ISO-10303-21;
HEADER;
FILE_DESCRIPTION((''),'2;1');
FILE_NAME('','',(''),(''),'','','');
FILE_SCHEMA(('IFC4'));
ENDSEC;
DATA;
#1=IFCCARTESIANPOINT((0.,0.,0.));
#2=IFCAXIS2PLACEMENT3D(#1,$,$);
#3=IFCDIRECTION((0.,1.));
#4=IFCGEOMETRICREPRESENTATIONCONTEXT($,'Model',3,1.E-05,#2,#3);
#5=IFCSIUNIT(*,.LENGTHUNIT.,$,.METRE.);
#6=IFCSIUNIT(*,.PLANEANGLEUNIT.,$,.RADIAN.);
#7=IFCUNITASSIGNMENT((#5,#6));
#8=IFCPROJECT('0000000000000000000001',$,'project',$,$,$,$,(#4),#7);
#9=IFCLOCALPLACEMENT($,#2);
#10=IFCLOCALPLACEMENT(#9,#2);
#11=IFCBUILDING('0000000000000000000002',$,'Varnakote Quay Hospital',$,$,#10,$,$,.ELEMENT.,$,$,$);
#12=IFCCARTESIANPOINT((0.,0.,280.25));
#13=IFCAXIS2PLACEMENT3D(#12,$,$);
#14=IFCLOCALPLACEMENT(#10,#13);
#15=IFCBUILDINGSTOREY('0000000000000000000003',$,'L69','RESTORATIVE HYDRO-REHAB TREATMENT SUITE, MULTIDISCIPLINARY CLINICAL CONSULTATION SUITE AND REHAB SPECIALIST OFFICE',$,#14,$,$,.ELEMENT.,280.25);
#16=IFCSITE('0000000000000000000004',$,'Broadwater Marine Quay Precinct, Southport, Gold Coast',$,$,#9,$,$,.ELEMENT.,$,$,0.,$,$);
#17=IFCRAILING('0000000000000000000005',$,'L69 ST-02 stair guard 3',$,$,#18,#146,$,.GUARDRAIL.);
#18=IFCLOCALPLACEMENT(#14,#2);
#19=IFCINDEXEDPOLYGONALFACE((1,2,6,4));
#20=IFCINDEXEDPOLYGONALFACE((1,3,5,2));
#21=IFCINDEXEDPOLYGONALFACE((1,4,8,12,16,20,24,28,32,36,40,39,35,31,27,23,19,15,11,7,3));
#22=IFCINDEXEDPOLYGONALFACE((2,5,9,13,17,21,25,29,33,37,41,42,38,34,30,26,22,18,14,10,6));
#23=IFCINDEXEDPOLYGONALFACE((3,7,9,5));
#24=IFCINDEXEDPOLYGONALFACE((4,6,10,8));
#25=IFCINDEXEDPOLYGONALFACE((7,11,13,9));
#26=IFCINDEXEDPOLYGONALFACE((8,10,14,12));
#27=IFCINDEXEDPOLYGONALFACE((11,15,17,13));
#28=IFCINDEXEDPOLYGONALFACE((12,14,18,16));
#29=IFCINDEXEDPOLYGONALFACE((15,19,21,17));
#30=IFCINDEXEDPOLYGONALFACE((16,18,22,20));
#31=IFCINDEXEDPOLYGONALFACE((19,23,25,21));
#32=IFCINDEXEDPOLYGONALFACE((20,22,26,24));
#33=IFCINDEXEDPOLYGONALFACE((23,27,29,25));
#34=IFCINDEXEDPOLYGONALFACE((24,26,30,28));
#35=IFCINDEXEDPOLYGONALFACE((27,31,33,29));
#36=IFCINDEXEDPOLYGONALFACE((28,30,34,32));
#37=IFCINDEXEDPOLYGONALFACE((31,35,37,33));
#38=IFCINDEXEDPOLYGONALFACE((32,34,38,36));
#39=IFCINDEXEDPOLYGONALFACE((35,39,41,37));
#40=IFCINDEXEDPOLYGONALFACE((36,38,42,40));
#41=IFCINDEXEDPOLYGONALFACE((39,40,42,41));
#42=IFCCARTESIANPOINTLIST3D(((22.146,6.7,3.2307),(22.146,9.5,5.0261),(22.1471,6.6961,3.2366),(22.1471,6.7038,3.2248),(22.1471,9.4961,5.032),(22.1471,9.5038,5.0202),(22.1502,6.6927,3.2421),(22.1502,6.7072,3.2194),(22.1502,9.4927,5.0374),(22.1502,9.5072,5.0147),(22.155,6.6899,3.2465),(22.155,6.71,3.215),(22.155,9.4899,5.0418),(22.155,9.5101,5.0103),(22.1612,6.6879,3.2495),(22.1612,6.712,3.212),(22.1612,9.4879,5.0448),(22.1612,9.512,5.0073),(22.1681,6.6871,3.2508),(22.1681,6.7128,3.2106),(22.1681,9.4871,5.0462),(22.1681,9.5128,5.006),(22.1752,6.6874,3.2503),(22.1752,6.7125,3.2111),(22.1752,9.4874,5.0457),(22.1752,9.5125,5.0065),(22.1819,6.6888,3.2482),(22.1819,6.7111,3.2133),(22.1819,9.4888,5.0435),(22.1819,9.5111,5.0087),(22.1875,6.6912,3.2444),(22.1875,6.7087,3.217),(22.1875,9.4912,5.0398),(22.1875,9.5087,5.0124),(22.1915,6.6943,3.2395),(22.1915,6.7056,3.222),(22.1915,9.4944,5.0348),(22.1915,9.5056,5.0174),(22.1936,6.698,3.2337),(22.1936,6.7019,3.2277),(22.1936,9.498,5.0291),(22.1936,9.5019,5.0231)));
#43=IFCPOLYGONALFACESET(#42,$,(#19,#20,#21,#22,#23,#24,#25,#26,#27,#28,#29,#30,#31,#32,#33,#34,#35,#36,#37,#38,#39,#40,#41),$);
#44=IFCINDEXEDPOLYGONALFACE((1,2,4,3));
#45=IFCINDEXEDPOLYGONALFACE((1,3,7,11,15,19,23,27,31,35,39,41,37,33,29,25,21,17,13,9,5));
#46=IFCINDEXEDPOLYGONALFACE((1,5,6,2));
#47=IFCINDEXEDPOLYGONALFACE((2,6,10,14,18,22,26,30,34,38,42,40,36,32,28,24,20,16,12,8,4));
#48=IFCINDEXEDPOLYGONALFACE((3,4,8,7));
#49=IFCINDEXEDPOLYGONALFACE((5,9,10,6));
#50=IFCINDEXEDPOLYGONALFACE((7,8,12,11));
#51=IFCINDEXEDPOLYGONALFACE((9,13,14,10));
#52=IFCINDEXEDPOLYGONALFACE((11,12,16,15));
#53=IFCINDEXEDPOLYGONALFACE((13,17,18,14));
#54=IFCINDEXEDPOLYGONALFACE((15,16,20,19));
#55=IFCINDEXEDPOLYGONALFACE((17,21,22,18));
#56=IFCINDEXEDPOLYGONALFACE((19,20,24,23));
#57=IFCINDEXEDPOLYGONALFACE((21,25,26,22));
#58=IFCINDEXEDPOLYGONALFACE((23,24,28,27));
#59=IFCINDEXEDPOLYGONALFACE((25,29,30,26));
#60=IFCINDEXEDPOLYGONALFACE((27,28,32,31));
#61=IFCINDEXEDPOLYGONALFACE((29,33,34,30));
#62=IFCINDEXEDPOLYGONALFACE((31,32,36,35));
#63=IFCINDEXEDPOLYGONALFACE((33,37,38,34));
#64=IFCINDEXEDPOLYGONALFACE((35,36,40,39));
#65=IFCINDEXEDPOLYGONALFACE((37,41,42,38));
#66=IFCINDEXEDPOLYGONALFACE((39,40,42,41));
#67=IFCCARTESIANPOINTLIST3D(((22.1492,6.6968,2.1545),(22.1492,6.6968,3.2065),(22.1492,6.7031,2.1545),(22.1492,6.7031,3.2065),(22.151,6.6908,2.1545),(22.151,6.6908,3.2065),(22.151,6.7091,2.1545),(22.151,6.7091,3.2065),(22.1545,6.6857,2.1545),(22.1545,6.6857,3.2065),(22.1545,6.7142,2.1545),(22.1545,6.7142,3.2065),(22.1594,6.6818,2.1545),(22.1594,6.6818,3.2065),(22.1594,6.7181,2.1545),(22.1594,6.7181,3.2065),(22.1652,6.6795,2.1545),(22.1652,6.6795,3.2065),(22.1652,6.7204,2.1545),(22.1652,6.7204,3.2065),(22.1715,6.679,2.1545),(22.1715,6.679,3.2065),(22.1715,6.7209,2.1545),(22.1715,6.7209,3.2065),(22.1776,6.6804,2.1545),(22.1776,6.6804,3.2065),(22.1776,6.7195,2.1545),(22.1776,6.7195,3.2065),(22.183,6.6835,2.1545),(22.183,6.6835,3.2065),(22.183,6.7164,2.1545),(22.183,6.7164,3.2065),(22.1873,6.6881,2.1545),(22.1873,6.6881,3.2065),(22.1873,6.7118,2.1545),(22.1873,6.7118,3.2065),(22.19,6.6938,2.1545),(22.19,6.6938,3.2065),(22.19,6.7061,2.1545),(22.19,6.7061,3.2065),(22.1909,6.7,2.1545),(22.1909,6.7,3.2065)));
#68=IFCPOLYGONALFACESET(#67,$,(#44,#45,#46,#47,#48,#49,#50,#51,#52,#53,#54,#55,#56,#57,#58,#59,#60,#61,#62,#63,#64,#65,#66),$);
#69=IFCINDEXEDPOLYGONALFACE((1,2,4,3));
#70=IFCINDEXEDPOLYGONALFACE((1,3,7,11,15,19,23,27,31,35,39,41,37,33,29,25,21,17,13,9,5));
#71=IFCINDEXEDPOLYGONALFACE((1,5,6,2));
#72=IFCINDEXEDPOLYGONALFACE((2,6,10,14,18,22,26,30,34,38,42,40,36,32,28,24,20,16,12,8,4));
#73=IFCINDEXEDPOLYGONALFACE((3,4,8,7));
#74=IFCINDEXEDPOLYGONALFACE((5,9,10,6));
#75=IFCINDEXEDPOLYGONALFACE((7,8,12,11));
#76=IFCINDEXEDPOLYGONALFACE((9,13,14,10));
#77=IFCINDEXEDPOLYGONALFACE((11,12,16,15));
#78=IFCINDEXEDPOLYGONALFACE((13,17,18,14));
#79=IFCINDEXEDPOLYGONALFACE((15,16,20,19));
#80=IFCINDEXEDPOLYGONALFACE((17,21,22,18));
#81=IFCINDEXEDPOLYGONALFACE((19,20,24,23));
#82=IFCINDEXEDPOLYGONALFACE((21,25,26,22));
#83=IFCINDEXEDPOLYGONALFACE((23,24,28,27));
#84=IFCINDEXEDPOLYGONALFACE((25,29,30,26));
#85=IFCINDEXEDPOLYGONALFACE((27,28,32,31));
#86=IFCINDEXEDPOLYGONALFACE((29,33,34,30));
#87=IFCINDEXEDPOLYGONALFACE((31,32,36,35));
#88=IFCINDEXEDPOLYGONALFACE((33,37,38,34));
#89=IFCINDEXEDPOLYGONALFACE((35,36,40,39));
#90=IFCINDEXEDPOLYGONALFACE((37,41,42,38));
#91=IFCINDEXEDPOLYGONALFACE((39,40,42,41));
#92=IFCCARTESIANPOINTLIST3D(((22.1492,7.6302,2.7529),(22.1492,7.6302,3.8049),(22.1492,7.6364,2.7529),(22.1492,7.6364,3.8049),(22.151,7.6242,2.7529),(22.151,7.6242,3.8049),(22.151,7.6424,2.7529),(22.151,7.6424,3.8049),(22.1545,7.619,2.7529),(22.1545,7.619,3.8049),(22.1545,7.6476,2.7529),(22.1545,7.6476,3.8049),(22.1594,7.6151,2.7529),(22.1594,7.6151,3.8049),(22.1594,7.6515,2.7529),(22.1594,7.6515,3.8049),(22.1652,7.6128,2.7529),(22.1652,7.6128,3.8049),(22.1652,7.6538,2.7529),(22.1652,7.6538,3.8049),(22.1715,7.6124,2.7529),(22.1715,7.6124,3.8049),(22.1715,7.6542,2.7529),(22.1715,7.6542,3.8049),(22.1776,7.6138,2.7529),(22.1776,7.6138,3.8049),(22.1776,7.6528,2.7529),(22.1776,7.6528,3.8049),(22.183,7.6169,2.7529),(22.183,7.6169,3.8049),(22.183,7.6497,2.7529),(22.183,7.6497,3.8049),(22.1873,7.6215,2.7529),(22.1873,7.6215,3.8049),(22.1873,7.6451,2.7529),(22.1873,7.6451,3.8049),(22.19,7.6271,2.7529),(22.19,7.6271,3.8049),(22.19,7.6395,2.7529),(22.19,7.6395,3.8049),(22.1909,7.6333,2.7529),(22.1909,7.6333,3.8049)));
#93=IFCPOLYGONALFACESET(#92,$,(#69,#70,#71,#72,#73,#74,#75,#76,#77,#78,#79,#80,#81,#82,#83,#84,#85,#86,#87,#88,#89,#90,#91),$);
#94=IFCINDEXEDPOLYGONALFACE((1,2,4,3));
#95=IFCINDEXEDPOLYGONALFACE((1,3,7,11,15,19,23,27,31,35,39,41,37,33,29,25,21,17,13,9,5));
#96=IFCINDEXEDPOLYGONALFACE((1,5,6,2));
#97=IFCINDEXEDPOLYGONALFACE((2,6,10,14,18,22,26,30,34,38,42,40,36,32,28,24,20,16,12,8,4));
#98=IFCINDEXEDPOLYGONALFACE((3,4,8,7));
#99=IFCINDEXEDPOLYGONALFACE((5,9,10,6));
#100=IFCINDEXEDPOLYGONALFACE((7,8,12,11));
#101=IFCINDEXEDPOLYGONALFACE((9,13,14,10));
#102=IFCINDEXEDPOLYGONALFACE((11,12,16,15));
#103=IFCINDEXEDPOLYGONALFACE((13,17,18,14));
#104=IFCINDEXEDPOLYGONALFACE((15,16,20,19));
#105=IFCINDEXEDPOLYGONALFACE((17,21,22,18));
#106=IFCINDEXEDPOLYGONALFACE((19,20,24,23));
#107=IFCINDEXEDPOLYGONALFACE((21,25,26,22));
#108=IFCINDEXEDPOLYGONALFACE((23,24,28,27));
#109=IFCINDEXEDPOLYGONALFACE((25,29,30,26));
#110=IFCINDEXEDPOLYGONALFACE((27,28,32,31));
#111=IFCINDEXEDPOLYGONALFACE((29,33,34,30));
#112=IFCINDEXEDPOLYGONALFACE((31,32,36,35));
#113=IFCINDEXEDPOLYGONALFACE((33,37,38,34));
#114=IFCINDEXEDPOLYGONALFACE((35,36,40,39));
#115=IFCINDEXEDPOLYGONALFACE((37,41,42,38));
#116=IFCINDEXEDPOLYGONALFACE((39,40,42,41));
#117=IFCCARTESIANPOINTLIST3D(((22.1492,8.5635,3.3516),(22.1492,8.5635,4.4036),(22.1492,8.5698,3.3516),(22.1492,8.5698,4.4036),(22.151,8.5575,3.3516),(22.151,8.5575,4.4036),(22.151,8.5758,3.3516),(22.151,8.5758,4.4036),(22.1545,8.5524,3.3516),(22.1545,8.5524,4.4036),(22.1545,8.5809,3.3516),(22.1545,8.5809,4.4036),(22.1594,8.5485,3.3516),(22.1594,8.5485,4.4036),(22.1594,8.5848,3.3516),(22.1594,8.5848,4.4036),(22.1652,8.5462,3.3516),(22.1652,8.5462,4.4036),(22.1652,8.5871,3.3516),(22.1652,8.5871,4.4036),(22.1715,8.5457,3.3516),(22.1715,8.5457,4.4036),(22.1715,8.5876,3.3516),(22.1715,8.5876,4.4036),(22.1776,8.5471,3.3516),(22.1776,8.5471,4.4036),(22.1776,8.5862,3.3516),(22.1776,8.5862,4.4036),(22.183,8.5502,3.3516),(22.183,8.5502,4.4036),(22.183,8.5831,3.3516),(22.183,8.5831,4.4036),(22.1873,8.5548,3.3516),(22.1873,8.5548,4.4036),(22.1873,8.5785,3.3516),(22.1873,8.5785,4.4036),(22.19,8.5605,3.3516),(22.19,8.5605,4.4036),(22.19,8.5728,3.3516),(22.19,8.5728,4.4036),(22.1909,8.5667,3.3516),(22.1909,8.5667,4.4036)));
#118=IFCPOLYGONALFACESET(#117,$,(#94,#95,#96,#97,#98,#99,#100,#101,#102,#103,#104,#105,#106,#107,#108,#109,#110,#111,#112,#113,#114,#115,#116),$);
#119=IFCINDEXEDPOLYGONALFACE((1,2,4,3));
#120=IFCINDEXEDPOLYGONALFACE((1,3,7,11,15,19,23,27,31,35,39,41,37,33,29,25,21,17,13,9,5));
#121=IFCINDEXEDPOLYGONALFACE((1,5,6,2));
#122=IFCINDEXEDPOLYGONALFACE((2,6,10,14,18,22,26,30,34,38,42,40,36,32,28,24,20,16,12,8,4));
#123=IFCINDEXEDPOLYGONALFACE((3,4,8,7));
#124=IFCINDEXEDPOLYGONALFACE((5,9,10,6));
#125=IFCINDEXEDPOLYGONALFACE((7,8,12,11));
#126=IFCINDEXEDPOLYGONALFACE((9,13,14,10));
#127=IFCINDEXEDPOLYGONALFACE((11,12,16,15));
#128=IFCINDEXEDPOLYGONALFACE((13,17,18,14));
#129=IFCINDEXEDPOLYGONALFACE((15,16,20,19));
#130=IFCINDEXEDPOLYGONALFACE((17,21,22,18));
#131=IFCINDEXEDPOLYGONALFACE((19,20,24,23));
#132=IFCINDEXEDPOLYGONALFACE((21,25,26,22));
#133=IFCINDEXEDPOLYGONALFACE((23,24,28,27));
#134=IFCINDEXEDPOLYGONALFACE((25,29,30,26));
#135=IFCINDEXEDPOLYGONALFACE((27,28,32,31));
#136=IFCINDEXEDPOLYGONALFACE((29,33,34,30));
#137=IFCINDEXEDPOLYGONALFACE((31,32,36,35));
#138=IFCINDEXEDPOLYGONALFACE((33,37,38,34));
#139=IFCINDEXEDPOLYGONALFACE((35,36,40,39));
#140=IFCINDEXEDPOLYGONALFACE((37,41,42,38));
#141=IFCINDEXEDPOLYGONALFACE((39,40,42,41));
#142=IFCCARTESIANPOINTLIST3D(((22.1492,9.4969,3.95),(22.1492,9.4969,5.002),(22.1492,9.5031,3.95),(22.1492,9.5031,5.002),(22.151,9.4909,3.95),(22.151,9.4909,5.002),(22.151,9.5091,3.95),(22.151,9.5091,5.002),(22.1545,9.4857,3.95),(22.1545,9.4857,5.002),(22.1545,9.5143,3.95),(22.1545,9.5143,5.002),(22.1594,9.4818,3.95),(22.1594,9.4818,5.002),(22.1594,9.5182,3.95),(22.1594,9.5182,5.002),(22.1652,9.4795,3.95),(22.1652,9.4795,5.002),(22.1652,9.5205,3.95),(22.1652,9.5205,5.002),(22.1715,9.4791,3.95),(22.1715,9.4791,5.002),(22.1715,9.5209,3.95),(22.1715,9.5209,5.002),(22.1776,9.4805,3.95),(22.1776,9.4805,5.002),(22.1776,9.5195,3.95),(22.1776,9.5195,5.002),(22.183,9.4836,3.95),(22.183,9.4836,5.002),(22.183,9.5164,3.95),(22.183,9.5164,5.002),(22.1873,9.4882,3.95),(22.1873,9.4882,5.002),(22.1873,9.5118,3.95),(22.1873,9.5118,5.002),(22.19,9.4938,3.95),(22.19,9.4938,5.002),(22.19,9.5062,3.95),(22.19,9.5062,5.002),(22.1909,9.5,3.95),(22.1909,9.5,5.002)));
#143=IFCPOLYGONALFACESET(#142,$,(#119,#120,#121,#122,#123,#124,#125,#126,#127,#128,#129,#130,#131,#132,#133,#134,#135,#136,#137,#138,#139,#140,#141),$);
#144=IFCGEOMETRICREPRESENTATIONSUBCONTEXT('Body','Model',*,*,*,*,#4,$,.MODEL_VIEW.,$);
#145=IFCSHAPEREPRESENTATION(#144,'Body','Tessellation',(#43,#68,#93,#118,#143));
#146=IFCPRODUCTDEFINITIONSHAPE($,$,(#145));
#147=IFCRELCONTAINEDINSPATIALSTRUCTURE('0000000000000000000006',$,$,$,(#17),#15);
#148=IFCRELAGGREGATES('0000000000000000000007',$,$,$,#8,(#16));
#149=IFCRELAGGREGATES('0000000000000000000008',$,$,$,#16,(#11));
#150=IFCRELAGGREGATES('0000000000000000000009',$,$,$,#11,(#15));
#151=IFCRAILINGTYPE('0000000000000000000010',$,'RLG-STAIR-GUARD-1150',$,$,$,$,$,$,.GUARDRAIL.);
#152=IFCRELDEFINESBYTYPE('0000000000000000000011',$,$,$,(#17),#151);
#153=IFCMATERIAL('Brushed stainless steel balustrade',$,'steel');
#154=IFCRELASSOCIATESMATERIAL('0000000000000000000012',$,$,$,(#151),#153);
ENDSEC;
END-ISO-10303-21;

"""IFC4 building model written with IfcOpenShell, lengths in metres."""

from ifc_helpers import new_model, si_unit, direction, frame, origin, origin_2d, place, context, subcontext, project, spatial, circle, extrude, material, type_object, element, save


model = new_model("IFC4")

# Units and contexts
model_context = context("Model", 3, precision=1e-05, world=origin(), true_north=direction((0.0, 1.0)))
body_context = subcontext(model_context, "Body", "Model", "MODEL_VIEW")
ifc_project = project(units=[si_unit("LENGTHUNIT", "METRE"), si_unit("PLANEANGLEUNIT", "RADIAN")], contexts=[model_context])

# Site, building, storey
site_placement = place(None, origin())
site = spatial("IfcSite", under=ifc_project, at=site_placement, Name="Broadwater Marine Quay Precinct, Southport, Gold Coast", CompositionType="ELEMENT", RefElevation=0.0)
building_placement = place(site_placement, origin())
building = spatial("IfcBuilding", under=site, at=building_placement, Name="Varnakote Quay Hospital", CompositionType="ELEMENT")
storey_placement = place(building_placement, frame((0.0, 0.0, 280.25)))
storey = spatial("IfcBuildingStorey", under=building, at=storey_placement, Name="L69", Description="RESTORATIVE HYDRO-REHAB TREATMENT SUITE, MULTIDISCIPLINARY CLINICAL CONSULTATION SUITE AND REHAB SPECIALIST OFFICE", CompositionType="ELEMENT", Elevation=280.25)

# Railing
ifc_material_1 = material(Name="Brushed stainless steel balustrade", Category="steel")
railing_type_1 = type_object("IfcRailingType", Name="RLG-STAIR-GUARD-1150", PredefinedType="GUARDRAIL", material=ifc_material_1)
railing_1_placement = place(storey_placement, frame((22.1699, 6.7, 2.1545)))
element("IfcRailing", 1, at=railing_1_placement, inside=storey, type_object=railing_type_1, Name="L69 ST-02 stair guard 3", PredefinedType="GUARDRAIL", context=body_context, shape_type="SweptSolid", body=[
    extrude(circle(Radius=0.0239, at=origin_2d()), frame((0.0, 0.0, 1.0762), z_axis=(0.0, 0.84181, 0.539774), x_axis=(-1.0, 0.0, 0.0)), (0.0, 0.0, 1.0), 3.3262),
    extrude(circle(Radius=0.021, at=origin_2d()), origin(), (0.0, 0.0, 1.0), 1.052),
    extrude(circle(Radius=0.021, at=origin_2d()), frame((0.0, 0.9333, 0.5984)), (0.0, 0.0, 1.0), 1.052),
    extrude(circle(Radius=0.021, at=origin_2d()), frame((0.0, 1.8667, 1.197)), (0.0, 0.0, 1.0), 1.052),
    extrude(circle(Radius=0.021, at=origin_2d()), frame((0.0, 2.8, 1.7954)), (0.0, 0.0, 1.0), 1.052),
])

save(model, "model.ifc")
